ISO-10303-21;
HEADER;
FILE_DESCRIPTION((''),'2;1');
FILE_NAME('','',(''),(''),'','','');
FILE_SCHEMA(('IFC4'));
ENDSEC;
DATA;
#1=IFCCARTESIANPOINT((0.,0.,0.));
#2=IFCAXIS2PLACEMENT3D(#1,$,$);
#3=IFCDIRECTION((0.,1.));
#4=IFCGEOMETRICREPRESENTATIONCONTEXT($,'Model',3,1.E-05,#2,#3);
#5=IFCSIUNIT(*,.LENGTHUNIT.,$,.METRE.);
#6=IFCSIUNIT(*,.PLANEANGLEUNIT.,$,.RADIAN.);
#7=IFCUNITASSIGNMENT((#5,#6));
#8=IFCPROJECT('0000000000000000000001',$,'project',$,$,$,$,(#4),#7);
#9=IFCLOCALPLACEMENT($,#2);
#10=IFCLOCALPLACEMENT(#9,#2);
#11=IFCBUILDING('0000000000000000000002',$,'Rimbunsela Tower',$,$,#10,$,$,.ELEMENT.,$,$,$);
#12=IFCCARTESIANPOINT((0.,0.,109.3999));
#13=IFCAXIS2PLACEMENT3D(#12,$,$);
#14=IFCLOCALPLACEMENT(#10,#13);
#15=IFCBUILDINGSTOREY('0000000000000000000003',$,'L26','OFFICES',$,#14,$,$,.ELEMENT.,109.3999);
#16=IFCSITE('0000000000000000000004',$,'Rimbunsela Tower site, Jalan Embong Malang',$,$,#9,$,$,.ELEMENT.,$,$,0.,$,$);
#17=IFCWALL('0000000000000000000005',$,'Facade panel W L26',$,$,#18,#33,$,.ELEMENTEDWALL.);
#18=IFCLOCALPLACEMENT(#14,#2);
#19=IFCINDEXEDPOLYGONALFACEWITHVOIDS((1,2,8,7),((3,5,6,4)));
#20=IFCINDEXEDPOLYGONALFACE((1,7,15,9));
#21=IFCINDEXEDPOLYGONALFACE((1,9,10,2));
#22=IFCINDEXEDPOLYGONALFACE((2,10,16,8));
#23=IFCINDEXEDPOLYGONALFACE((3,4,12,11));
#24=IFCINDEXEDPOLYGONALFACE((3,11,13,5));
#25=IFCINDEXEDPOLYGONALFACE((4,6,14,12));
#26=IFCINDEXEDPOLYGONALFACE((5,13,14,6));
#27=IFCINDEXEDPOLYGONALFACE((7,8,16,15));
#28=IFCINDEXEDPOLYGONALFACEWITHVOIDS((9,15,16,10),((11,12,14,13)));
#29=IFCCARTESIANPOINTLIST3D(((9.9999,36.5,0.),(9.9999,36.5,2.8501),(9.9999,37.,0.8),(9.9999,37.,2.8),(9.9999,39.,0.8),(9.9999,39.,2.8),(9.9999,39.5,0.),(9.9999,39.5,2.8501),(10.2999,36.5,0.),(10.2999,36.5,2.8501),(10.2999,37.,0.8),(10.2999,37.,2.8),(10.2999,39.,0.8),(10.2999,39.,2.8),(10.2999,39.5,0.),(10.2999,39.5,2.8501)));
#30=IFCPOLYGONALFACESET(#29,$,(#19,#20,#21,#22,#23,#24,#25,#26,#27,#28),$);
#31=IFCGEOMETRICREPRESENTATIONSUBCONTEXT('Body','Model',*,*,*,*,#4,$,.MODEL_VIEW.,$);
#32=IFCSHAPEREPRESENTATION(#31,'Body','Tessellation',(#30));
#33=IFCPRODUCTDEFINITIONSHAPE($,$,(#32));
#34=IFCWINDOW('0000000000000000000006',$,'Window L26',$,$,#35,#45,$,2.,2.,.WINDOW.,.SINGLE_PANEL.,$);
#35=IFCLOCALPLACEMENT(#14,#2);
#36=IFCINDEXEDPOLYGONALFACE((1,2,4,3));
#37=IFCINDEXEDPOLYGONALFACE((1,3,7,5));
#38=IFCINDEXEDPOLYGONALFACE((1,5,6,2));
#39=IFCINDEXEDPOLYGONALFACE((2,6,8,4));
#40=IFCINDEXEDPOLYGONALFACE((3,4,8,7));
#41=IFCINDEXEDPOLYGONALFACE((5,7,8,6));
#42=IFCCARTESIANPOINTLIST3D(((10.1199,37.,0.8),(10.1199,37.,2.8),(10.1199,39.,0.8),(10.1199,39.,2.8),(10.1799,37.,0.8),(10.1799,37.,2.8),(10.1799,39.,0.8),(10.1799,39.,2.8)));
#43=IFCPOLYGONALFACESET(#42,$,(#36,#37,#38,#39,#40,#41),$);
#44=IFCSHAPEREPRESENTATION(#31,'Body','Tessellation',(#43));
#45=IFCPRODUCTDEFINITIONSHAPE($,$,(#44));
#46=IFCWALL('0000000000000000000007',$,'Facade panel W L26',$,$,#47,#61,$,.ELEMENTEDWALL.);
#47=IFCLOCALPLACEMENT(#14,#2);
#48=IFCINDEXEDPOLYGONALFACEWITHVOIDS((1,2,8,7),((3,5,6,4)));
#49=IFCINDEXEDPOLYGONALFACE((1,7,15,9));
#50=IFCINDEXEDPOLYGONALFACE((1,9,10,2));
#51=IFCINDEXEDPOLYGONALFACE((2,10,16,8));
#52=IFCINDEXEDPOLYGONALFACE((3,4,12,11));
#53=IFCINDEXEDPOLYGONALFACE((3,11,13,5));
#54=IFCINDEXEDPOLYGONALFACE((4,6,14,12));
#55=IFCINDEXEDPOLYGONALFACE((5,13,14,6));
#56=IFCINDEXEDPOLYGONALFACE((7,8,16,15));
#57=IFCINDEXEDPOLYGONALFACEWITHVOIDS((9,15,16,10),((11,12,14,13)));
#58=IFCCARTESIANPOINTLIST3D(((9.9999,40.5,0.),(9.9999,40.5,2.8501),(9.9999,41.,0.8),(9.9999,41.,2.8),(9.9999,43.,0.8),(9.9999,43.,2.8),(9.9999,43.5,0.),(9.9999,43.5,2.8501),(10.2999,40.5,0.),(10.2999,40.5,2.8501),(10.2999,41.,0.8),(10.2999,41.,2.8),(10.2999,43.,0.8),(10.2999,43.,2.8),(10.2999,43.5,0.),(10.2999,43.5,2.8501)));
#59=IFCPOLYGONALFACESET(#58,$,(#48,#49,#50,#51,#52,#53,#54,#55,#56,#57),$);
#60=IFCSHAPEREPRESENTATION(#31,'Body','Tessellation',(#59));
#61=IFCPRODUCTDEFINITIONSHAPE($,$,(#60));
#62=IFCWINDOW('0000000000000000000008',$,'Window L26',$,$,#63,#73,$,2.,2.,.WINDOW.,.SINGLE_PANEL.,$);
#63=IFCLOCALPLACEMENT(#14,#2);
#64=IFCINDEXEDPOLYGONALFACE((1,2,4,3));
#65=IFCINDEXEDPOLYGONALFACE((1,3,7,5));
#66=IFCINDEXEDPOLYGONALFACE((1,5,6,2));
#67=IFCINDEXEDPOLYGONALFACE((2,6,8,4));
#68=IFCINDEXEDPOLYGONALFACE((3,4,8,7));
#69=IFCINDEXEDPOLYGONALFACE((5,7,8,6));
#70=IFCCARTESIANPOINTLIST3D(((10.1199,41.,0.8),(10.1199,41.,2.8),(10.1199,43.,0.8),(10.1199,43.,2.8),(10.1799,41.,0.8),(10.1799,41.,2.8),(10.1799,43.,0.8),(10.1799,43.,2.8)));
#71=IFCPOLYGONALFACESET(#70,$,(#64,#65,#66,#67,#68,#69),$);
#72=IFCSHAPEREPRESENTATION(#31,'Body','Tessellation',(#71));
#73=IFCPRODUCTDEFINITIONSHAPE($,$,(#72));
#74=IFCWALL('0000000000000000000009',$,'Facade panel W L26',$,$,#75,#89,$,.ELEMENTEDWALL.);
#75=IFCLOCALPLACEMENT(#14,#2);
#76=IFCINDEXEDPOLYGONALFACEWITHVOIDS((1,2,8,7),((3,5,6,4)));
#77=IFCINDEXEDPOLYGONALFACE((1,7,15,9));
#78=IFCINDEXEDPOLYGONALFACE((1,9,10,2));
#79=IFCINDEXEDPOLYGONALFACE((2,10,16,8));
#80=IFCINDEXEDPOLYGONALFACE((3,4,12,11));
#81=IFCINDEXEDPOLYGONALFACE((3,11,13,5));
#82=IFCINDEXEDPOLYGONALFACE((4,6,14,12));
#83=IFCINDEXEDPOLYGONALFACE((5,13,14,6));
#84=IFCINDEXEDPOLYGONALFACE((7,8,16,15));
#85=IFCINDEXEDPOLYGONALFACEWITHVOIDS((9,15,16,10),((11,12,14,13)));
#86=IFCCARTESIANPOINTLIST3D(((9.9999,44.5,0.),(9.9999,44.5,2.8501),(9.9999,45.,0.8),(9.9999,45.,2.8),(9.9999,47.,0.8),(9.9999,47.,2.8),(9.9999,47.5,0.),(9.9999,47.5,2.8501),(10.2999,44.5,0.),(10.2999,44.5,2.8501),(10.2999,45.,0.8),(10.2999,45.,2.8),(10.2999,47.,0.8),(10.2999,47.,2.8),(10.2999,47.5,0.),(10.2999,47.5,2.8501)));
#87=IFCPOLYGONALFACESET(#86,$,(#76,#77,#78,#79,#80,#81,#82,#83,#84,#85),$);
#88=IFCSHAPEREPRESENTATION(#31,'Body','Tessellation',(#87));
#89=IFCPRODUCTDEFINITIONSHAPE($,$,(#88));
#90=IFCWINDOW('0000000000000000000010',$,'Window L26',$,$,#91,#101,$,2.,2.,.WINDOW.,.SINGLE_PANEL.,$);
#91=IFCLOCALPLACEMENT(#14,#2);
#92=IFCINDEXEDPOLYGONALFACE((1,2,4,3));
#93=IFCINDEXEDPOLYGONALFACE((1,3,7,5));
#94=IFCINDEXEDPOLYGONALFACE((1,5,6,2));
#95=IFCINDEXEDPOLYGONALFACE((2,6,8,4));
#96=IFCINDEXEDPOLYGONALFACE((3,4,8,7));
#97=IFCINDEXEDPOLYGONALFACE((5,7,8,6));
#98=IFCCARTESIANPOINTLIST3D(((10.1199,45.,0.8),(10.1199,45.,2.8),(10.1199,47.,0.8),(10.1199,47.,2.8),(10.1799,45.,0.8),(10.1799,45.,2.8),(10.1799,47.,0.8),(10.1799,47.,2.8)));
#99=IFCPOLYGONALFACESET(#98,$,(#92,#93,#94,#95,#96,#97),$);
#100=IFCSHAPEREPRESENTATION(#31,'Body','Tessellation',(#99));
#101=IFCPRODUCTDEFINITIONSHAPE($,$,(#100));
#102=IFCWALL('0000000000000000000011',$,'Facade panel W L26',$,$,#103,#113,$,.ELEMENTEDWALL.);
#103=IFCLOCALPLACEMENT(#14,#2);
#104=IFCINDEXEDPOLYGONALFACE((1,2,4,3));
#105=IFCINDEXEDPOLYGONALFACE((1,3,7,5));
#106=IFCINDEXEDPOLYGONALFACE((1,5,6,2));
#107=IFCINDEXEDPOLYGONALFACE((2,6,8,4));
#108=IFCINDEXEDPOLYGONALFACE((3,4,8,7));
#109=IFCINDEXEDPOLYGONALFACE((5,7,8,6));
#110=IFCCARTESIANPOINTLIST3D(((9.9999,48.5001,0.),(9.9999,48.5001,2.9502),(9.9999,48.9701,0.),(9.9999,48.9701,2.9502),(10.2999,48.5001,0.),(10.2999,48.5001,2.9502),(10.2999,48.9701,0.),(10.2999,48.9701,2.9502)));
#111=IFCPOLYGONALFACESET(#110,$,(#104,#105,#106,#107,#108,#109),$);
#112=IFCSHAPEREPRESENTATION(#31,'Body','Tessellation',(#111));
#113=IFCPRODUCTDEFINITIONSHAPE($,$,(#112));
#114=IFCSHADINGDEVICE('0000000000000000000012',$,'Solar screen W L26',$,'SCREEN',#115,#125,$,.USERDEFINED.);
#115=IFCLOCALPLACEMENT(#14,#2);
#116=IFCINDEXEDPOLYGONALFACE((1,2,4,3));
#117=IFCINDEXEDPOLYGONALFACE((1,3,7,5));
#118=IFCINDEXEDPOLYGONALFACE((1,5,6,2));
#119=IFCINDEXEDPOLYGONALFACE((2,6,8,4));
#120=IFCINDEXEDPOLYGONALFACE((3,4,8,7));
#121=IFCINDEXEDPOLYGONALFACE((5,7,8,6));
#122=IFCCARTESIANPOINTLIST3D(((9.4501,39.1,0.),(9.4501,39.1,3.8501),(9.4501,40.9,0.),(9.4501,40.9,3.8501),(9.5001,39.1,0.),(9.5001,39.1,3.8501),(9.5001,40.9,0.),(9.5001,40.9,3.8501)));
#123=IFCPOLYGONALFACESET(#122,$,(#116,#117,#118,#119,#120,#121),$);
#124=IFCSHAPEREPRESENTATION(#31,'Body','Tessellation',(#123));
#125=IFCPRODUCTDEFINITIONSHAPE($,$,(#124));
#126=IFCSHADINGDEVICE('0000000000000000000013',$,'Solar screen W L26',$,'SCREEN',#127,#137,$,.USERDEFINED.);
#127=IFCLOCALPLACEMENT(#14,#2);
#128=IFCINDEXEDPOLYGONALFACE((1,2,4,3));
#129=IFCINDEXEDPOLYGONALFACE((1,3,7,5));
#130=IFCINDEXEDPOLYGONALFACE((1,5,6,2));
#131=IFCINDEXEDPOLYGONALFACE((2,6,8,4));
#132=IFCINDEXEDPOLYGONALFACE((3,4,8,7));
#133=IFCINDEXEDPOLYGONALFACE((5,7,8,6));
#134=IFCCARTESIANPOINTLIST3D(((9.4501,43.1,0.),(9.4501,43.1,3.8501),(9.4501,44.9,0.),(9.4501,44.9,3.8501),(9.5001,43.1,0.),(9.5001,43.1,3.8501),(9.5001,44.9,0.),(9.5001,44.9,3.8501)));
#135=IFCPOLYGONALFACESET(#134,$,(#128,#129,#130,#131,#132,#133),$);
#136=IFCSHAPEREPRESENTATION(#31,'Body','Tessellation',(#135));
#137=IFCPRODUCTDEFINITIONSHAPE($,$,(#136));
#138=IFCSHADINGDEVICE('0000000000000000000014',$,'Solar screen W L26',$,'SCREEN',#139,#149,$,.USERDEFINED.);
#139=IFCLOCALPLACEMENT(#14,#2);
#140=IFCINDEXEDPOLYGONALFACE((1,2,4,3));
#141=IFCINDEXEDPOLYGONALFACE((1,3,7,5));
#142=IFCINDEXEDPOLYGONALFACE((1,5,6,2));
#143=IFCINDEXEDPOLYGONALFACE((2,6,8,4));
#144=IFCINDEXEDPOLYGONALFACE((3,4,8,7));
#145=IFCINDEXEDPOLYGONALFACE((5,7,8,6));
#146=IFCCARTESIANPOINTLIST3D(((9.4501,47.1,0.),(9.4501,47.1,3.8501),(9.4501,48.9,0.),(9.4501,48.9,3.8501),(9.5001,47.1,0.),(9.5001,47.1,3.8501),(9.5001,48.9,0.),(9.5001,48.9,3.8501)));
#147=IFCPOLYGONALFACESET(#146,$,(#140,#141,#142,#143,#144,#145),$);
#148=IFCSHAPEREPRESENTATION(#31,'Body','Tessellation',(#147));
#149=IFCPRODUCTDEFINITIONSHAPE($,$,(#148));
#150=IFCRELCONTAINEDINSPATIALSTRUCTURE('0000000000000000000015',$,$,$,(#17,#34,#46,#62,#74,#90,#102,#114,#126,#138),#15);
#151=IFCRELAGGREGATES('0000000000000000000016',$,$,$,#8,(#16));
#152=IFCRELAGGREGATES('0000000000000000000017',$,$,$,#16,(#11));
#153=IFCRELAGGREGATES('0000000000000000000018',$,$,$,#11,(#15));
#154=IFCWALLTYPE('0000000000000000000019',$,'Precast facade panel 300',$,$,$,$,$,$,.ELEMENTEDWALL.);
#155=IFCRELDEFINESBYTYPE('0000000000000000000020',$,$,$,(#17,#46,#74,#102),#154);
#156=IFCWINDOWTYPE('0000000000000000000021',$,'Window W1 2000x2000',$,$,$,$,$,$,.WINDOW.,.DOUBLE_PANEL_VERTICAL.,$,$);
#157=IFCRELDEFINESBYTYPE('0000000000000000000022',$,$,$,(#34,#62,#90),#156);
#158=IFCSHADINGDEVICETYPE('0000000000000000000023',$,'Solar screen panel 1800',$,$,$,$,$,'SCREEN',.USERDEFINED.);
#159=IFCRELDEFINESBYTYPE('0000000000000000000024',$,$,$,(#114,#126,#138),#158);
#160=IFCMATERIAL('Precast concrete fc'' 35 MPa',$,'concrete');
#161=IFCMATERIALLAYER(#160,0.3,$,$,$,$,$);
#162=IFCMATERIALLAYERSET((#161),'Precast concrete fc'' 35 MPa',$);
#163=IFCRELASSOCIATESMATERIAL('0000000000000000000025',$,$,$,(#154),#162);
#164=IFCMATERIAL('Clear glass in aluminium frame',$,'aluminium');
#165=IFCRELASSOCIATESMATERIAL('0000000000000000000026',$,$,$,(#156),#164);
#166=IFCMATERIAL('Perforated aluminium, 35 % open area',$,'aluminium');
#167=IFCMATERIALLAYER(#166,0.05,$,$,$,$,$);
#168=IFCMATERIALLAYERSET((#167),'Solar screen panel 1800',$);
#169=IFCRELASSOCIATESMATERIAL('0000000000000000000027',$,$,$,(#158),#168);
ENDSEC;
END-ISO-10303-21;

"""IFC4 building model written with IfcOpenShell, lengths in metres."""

from ifc_helpers import new_model, si_unit, direction, frame, frame_2d, origin, origin_2d, place, context, subcontext, project, spatial, rectangle, extrude, material, layer, layer_set, type_object, element, fill, save


model = new_model("IFC4")

# Units and contexts
model_context = context("Model", 3, precision=1e-05, world=origin(), true_north=direction((0.0, 1.0)))
body_context = subcontext(model_context, "Body", "Model", "MODEL_VIEW")
ifc_project = project(units=[si_unit("LENGTHUNIT", "METRE"), si_unit("PLANEANGLEUNIT", "RADIAN")], contexts=[model_context])

# Site, building, storey
site_placement = place(None, origin())
site = spatial("IfcSite", under=ifc_project, at=site_placement, Name="Rimbunsela Tower site, Jalan Embong Malang", CompositionType="ELEMENT", RefElevation=0.0)
building_placement = place(site_placement, origin())
building = spatial("IfcBuilding", under=site, at=building_placement, Name="Rimbunsela Tower", CompositionType="ELEMENT")
storey_placement = place(building_placement, frame((0.0, 0.0, 109.3999)))
storey = spatial("IfcBuildingStorey", under=building, at=storey_placement, Name="L26", Description="OFFICES", CompositionType="ELEMENT", Elevation=109.3999)

# Walls, openings, windows
ifc_material_1 = material(Name="Precast concrete fc' 35 MPa", Category="concrete")
ifc_layer_1 = layer(ifc_material_1, 0.3)
ifc_layer_set_1 = layer_set([ifc_layer_1], Name="Precast concrete fc' 35 MPa")
wall_type = type_object("IfcWallType", Name="Precast facade panel 300", PredefinedType="ELEMENTEDWALL", material=ifc_layer_set_1)
wall_1_placement = place(storey_placement, frame((10.1499, 39.5, 0.0), z_axis=(0.0, 0.0, 1.0), x_axis=(0.0, -1.0, 0.0)))
wall_1 = element("IfcWall", 1, at=wall_1_placement, inside=storey, type_object=wall_type, Name="Facade panel W L26", PredefinedType="ELEMENTEDWALL", context=body_context, shape_type="SweptSolid", body=[
    extrude(rectangle(XDim=3.0, YDim=0.3, at=frame_2d((1.5, 0.0))), origin(), (0.0, 0.0, 1.0), 2.8501),
])
opening_1_placement = place(wall_1_placement, frame((0.5, 0.0, 0.8)))
opening_1 = element("IfcOpeningElement", 2, at=opening_1_placement, cuts=wall_1, PredefinedType="OPENING", context=body_context, shape_type="SweptSolid", body=[
    extrude(rectangle(XDim=2.0, YDim=2.0, at=frame_2d((1.0, 1.0))), frame((0.0, 0.1599, 0.0), z_axis=(0.0, -1.0, 0.0), x_axis=(1.0, 0.0, 0.0)), (0.0, 0.0, 1.0), 0.3201),
])
ifc_material_2 = material(Name="Clear glass in aluminium frame", Category="aluminium")
window_type = type_object("IfcWindowType", Name="Window W1 2000x2000", PartitioningType="DOUBLE_PANEL_VERTICAL", PredefinedType="WINDOW", material=ifc_material_2)
window_1_placement = place(opening_1_placement, origin())
window_1 = element("IfcWindow", 3, at=window_1_placement, inside=storey, type_object=window_type, Name="Window L26", OverallHeight=2.0, OverallWidth=2.0, PartitioningType="SINGLE_PANEL", PredefinedType="WINDOW", context=body_context, shape_type="SweptSolid", body=[
    extrude(rectangle(XDim=2.0, YDim=2.0, at=frame_2d((1.0, 1.0))), frame((0.0, 0.03, 0.0), z_axis=(0.0, -1.0, 0.0), x_axis=(1.0, 0.0, 0.0)), (0.0, 0.0, 1.0), 0.0601),
])
fill(opening_1, window_1)
wall_2_placement = place(storey_placement, frame((10.1499, 43.5, 0.0), z_axis=(0.0, 0.0, 1.0), x_axis=(0.0, -1.0, 0.0)))
wall_2 = element("IfcWall", 4, at=wall_2_placement, inside=storey, type_object=wall_type, Name="Facade panel W L26", PredefinedType="ELEMENTEDWALL", context=body_context, shape_type="SweptSolid", body=[
    extrude(rectangle(XDim=3.0, YDim=0.3, at=frame_2d((1.5, 0.0))), origin(), (0.0, 0.0, 1.0), 2.8501),
])
opening_2_placement = place(wall_2_placement, frame((0.5, 0.0, 0.8)))
opening_2 = element("IfcOpeningElement", 5, at=opening_2_placement, cuts=wall_2, PredefinedType="OPENING", context=body_context, shape_type="SweptSolid", body=[
    extrude(rectangle(XDim=2.0, YDim=2.0, at=frame_2d((1.0, 1.0))), frame((0.0, 0.1599, 0.0), z_axis=(0.0, -1.0, 0.0), x_axis=(1.0, 0.0, 0.0)), (0.0, 0.0, 1.0), 0.3201),
])
window_2_placement = place(opening_2_placement, origin())
window_2 = element("IfcWindow", 6, at=window_2_placement, inside=storey, type_object=window_type, Name="Window L26", OverallHeight=2.0, OverallWidth=2.0, PartitioningType="SINGLE_PANEL", PredefinedType="WINDOW", context=body_context, shape_type="SweptSolid", body=[
    extrude(rectangle(XDim=2.0, YDim=2.0, at=frame_2d((1.0, 1.0))), frame((0.0, 0.03, 0.0), z_axis=(0.0, -1.0, 0.0), x_axis=(1.0, 0.0, 0.0)), (0.0, 0.0, 1.0), 0.0601),
])
fill(opening_2, window_2)
wall_3_placement = place(storey_placement, frame((10.1499, 47.5, 0.0), z_axis=(0.0, 0.0, 1.0), x_axis=(0.0, -1.0, 0.0)))
wall_3 = element("IfcWall", 7, at=wall_3_placement, inside=storey, type_object=wall_type, Name="Facade panel W L26", PredefinedType="ELEMENTEDWALL", context=body_context, shape_type="SweptSolid", body=[
    extrude(rectangle(XDim=3.0, YDim=0.3, at=frame_2d((1.5, 0.0))), origin(), (0.0, 0.0, 1.0), 2.8501),
])
opening_3_placement = place(wall_3_placement, frame((0.5, 0.0, 0.8)))
opening_3 = element("IfcOpeningElement", 8, at=opening_3_placement, cuts=wall_3, PredefinedType="OPENING", context=body_context, shape_type="SweptSolid", body=[
    extrude(rectangle(XDim=2.0, YDim=2.0, at=frame_2d((1.0, 1.0))), frame((0.0, 0.1599, 0.0), z_axis=(0.0, -1.0, 0.0), x_axis=(1.0, 0.0, 0.0)), (0.0, 0.0, 1.0), 0.3201),
])
window_3_placement = place(opening_3_placement, origin())
window_3 = element("IfcWindow", 9, at=window_3_placement, inside=storey, type_object=window_type, Name="Window L26", OverallHeight=2.0, OverallWidth=2.0, PartitioningType="SINGLE_PANEL", PredefinedType="WINDOW", context=body_context, shape_type="SweptSolid", body=[
    extrude(rectangle(XDim=2.0, YDim=2.0, at=frame_2d((1.0, 1.0))), frame((0.0, 0.03, 0.0), z_axis=(0.0, -1.0, 0.0), x_axis=(1.0, 0.0, 0.0)), (0.0, 0.0, 1.0), 0.0601),
])
fill(opening_3, window_3)

# Wall
wall_4_placement = place(storey_placement, frame((10.1499, 48.97, 0.0), z_axis=(0.0, 0.0, 1.0), x_axis=(0.0, -1.0, 0.0)))
element("IfcWall", 10, at=wall_4_placement, inside=storey, type_object=wall_type, Name="Facade panel W L26", PredefinedType="ELEMENTEDWALL", context=body_context, shape_type="SweptSolid", body=[
    extrude(rectangle(XDim=0.47, YDim=0.3, at=frame_2d((0.2349, 0.0))), origin(), (0.0, 0.0, 1.0), 2.9502),
])

# Shading devices
ifc_material_3 = material(Name="Perforated aluminium, 35 % open area", Category="aluminium")
ifc_layer_2 = layer(ifc_material_3, 0.05)
ifc_layer_set_2 = layer_set([ifc_layer_2], Name="Solar screen panel 1800")
shading_device_type = type_object("IfcShadingDeviceType", Name="Solar screen panel 1800", ElementType="SCREEN", PredefinedType="USERDEFINED", material=ifc_layer_set_2)
for number, where, z_axis, x_axis, name in (
    (11, (9.4751, 40.0, 0.0), (0.0, 0.0, 1.0), (0.0, 1.0, 0.0), "Solar screen W L26"),
    (12, (9.4751, 44.0, 0.0), (0.0, 0.0, 1.0), (0.0, 1.0, 0.0), "Solar screen W L26"),
    (13, (9.4751, 48.0, 0.0), (0.0, 0.0, 1.0), (0.0, 1.0, 0.0), "Solar screen W L26"),
):
    element("IfcShadingDevice", number, at=place(storey_placement, frame(where, z_axis=z_axis, x_axis=x_axis)), inside=storey, type_object=shading_device_type, Name=name, ObjectType="SCREEN", PredefinedType="USERDEFINED", context=body_context, shape_type="SweptSolid", body=[
        extrude(rectangle(XDim=1.8, YDim=0.05, at=origin_2d()), origin(), (0.0, 0.0, 1.0), 3.8501),
    ])

save(model, "model.ifc")
